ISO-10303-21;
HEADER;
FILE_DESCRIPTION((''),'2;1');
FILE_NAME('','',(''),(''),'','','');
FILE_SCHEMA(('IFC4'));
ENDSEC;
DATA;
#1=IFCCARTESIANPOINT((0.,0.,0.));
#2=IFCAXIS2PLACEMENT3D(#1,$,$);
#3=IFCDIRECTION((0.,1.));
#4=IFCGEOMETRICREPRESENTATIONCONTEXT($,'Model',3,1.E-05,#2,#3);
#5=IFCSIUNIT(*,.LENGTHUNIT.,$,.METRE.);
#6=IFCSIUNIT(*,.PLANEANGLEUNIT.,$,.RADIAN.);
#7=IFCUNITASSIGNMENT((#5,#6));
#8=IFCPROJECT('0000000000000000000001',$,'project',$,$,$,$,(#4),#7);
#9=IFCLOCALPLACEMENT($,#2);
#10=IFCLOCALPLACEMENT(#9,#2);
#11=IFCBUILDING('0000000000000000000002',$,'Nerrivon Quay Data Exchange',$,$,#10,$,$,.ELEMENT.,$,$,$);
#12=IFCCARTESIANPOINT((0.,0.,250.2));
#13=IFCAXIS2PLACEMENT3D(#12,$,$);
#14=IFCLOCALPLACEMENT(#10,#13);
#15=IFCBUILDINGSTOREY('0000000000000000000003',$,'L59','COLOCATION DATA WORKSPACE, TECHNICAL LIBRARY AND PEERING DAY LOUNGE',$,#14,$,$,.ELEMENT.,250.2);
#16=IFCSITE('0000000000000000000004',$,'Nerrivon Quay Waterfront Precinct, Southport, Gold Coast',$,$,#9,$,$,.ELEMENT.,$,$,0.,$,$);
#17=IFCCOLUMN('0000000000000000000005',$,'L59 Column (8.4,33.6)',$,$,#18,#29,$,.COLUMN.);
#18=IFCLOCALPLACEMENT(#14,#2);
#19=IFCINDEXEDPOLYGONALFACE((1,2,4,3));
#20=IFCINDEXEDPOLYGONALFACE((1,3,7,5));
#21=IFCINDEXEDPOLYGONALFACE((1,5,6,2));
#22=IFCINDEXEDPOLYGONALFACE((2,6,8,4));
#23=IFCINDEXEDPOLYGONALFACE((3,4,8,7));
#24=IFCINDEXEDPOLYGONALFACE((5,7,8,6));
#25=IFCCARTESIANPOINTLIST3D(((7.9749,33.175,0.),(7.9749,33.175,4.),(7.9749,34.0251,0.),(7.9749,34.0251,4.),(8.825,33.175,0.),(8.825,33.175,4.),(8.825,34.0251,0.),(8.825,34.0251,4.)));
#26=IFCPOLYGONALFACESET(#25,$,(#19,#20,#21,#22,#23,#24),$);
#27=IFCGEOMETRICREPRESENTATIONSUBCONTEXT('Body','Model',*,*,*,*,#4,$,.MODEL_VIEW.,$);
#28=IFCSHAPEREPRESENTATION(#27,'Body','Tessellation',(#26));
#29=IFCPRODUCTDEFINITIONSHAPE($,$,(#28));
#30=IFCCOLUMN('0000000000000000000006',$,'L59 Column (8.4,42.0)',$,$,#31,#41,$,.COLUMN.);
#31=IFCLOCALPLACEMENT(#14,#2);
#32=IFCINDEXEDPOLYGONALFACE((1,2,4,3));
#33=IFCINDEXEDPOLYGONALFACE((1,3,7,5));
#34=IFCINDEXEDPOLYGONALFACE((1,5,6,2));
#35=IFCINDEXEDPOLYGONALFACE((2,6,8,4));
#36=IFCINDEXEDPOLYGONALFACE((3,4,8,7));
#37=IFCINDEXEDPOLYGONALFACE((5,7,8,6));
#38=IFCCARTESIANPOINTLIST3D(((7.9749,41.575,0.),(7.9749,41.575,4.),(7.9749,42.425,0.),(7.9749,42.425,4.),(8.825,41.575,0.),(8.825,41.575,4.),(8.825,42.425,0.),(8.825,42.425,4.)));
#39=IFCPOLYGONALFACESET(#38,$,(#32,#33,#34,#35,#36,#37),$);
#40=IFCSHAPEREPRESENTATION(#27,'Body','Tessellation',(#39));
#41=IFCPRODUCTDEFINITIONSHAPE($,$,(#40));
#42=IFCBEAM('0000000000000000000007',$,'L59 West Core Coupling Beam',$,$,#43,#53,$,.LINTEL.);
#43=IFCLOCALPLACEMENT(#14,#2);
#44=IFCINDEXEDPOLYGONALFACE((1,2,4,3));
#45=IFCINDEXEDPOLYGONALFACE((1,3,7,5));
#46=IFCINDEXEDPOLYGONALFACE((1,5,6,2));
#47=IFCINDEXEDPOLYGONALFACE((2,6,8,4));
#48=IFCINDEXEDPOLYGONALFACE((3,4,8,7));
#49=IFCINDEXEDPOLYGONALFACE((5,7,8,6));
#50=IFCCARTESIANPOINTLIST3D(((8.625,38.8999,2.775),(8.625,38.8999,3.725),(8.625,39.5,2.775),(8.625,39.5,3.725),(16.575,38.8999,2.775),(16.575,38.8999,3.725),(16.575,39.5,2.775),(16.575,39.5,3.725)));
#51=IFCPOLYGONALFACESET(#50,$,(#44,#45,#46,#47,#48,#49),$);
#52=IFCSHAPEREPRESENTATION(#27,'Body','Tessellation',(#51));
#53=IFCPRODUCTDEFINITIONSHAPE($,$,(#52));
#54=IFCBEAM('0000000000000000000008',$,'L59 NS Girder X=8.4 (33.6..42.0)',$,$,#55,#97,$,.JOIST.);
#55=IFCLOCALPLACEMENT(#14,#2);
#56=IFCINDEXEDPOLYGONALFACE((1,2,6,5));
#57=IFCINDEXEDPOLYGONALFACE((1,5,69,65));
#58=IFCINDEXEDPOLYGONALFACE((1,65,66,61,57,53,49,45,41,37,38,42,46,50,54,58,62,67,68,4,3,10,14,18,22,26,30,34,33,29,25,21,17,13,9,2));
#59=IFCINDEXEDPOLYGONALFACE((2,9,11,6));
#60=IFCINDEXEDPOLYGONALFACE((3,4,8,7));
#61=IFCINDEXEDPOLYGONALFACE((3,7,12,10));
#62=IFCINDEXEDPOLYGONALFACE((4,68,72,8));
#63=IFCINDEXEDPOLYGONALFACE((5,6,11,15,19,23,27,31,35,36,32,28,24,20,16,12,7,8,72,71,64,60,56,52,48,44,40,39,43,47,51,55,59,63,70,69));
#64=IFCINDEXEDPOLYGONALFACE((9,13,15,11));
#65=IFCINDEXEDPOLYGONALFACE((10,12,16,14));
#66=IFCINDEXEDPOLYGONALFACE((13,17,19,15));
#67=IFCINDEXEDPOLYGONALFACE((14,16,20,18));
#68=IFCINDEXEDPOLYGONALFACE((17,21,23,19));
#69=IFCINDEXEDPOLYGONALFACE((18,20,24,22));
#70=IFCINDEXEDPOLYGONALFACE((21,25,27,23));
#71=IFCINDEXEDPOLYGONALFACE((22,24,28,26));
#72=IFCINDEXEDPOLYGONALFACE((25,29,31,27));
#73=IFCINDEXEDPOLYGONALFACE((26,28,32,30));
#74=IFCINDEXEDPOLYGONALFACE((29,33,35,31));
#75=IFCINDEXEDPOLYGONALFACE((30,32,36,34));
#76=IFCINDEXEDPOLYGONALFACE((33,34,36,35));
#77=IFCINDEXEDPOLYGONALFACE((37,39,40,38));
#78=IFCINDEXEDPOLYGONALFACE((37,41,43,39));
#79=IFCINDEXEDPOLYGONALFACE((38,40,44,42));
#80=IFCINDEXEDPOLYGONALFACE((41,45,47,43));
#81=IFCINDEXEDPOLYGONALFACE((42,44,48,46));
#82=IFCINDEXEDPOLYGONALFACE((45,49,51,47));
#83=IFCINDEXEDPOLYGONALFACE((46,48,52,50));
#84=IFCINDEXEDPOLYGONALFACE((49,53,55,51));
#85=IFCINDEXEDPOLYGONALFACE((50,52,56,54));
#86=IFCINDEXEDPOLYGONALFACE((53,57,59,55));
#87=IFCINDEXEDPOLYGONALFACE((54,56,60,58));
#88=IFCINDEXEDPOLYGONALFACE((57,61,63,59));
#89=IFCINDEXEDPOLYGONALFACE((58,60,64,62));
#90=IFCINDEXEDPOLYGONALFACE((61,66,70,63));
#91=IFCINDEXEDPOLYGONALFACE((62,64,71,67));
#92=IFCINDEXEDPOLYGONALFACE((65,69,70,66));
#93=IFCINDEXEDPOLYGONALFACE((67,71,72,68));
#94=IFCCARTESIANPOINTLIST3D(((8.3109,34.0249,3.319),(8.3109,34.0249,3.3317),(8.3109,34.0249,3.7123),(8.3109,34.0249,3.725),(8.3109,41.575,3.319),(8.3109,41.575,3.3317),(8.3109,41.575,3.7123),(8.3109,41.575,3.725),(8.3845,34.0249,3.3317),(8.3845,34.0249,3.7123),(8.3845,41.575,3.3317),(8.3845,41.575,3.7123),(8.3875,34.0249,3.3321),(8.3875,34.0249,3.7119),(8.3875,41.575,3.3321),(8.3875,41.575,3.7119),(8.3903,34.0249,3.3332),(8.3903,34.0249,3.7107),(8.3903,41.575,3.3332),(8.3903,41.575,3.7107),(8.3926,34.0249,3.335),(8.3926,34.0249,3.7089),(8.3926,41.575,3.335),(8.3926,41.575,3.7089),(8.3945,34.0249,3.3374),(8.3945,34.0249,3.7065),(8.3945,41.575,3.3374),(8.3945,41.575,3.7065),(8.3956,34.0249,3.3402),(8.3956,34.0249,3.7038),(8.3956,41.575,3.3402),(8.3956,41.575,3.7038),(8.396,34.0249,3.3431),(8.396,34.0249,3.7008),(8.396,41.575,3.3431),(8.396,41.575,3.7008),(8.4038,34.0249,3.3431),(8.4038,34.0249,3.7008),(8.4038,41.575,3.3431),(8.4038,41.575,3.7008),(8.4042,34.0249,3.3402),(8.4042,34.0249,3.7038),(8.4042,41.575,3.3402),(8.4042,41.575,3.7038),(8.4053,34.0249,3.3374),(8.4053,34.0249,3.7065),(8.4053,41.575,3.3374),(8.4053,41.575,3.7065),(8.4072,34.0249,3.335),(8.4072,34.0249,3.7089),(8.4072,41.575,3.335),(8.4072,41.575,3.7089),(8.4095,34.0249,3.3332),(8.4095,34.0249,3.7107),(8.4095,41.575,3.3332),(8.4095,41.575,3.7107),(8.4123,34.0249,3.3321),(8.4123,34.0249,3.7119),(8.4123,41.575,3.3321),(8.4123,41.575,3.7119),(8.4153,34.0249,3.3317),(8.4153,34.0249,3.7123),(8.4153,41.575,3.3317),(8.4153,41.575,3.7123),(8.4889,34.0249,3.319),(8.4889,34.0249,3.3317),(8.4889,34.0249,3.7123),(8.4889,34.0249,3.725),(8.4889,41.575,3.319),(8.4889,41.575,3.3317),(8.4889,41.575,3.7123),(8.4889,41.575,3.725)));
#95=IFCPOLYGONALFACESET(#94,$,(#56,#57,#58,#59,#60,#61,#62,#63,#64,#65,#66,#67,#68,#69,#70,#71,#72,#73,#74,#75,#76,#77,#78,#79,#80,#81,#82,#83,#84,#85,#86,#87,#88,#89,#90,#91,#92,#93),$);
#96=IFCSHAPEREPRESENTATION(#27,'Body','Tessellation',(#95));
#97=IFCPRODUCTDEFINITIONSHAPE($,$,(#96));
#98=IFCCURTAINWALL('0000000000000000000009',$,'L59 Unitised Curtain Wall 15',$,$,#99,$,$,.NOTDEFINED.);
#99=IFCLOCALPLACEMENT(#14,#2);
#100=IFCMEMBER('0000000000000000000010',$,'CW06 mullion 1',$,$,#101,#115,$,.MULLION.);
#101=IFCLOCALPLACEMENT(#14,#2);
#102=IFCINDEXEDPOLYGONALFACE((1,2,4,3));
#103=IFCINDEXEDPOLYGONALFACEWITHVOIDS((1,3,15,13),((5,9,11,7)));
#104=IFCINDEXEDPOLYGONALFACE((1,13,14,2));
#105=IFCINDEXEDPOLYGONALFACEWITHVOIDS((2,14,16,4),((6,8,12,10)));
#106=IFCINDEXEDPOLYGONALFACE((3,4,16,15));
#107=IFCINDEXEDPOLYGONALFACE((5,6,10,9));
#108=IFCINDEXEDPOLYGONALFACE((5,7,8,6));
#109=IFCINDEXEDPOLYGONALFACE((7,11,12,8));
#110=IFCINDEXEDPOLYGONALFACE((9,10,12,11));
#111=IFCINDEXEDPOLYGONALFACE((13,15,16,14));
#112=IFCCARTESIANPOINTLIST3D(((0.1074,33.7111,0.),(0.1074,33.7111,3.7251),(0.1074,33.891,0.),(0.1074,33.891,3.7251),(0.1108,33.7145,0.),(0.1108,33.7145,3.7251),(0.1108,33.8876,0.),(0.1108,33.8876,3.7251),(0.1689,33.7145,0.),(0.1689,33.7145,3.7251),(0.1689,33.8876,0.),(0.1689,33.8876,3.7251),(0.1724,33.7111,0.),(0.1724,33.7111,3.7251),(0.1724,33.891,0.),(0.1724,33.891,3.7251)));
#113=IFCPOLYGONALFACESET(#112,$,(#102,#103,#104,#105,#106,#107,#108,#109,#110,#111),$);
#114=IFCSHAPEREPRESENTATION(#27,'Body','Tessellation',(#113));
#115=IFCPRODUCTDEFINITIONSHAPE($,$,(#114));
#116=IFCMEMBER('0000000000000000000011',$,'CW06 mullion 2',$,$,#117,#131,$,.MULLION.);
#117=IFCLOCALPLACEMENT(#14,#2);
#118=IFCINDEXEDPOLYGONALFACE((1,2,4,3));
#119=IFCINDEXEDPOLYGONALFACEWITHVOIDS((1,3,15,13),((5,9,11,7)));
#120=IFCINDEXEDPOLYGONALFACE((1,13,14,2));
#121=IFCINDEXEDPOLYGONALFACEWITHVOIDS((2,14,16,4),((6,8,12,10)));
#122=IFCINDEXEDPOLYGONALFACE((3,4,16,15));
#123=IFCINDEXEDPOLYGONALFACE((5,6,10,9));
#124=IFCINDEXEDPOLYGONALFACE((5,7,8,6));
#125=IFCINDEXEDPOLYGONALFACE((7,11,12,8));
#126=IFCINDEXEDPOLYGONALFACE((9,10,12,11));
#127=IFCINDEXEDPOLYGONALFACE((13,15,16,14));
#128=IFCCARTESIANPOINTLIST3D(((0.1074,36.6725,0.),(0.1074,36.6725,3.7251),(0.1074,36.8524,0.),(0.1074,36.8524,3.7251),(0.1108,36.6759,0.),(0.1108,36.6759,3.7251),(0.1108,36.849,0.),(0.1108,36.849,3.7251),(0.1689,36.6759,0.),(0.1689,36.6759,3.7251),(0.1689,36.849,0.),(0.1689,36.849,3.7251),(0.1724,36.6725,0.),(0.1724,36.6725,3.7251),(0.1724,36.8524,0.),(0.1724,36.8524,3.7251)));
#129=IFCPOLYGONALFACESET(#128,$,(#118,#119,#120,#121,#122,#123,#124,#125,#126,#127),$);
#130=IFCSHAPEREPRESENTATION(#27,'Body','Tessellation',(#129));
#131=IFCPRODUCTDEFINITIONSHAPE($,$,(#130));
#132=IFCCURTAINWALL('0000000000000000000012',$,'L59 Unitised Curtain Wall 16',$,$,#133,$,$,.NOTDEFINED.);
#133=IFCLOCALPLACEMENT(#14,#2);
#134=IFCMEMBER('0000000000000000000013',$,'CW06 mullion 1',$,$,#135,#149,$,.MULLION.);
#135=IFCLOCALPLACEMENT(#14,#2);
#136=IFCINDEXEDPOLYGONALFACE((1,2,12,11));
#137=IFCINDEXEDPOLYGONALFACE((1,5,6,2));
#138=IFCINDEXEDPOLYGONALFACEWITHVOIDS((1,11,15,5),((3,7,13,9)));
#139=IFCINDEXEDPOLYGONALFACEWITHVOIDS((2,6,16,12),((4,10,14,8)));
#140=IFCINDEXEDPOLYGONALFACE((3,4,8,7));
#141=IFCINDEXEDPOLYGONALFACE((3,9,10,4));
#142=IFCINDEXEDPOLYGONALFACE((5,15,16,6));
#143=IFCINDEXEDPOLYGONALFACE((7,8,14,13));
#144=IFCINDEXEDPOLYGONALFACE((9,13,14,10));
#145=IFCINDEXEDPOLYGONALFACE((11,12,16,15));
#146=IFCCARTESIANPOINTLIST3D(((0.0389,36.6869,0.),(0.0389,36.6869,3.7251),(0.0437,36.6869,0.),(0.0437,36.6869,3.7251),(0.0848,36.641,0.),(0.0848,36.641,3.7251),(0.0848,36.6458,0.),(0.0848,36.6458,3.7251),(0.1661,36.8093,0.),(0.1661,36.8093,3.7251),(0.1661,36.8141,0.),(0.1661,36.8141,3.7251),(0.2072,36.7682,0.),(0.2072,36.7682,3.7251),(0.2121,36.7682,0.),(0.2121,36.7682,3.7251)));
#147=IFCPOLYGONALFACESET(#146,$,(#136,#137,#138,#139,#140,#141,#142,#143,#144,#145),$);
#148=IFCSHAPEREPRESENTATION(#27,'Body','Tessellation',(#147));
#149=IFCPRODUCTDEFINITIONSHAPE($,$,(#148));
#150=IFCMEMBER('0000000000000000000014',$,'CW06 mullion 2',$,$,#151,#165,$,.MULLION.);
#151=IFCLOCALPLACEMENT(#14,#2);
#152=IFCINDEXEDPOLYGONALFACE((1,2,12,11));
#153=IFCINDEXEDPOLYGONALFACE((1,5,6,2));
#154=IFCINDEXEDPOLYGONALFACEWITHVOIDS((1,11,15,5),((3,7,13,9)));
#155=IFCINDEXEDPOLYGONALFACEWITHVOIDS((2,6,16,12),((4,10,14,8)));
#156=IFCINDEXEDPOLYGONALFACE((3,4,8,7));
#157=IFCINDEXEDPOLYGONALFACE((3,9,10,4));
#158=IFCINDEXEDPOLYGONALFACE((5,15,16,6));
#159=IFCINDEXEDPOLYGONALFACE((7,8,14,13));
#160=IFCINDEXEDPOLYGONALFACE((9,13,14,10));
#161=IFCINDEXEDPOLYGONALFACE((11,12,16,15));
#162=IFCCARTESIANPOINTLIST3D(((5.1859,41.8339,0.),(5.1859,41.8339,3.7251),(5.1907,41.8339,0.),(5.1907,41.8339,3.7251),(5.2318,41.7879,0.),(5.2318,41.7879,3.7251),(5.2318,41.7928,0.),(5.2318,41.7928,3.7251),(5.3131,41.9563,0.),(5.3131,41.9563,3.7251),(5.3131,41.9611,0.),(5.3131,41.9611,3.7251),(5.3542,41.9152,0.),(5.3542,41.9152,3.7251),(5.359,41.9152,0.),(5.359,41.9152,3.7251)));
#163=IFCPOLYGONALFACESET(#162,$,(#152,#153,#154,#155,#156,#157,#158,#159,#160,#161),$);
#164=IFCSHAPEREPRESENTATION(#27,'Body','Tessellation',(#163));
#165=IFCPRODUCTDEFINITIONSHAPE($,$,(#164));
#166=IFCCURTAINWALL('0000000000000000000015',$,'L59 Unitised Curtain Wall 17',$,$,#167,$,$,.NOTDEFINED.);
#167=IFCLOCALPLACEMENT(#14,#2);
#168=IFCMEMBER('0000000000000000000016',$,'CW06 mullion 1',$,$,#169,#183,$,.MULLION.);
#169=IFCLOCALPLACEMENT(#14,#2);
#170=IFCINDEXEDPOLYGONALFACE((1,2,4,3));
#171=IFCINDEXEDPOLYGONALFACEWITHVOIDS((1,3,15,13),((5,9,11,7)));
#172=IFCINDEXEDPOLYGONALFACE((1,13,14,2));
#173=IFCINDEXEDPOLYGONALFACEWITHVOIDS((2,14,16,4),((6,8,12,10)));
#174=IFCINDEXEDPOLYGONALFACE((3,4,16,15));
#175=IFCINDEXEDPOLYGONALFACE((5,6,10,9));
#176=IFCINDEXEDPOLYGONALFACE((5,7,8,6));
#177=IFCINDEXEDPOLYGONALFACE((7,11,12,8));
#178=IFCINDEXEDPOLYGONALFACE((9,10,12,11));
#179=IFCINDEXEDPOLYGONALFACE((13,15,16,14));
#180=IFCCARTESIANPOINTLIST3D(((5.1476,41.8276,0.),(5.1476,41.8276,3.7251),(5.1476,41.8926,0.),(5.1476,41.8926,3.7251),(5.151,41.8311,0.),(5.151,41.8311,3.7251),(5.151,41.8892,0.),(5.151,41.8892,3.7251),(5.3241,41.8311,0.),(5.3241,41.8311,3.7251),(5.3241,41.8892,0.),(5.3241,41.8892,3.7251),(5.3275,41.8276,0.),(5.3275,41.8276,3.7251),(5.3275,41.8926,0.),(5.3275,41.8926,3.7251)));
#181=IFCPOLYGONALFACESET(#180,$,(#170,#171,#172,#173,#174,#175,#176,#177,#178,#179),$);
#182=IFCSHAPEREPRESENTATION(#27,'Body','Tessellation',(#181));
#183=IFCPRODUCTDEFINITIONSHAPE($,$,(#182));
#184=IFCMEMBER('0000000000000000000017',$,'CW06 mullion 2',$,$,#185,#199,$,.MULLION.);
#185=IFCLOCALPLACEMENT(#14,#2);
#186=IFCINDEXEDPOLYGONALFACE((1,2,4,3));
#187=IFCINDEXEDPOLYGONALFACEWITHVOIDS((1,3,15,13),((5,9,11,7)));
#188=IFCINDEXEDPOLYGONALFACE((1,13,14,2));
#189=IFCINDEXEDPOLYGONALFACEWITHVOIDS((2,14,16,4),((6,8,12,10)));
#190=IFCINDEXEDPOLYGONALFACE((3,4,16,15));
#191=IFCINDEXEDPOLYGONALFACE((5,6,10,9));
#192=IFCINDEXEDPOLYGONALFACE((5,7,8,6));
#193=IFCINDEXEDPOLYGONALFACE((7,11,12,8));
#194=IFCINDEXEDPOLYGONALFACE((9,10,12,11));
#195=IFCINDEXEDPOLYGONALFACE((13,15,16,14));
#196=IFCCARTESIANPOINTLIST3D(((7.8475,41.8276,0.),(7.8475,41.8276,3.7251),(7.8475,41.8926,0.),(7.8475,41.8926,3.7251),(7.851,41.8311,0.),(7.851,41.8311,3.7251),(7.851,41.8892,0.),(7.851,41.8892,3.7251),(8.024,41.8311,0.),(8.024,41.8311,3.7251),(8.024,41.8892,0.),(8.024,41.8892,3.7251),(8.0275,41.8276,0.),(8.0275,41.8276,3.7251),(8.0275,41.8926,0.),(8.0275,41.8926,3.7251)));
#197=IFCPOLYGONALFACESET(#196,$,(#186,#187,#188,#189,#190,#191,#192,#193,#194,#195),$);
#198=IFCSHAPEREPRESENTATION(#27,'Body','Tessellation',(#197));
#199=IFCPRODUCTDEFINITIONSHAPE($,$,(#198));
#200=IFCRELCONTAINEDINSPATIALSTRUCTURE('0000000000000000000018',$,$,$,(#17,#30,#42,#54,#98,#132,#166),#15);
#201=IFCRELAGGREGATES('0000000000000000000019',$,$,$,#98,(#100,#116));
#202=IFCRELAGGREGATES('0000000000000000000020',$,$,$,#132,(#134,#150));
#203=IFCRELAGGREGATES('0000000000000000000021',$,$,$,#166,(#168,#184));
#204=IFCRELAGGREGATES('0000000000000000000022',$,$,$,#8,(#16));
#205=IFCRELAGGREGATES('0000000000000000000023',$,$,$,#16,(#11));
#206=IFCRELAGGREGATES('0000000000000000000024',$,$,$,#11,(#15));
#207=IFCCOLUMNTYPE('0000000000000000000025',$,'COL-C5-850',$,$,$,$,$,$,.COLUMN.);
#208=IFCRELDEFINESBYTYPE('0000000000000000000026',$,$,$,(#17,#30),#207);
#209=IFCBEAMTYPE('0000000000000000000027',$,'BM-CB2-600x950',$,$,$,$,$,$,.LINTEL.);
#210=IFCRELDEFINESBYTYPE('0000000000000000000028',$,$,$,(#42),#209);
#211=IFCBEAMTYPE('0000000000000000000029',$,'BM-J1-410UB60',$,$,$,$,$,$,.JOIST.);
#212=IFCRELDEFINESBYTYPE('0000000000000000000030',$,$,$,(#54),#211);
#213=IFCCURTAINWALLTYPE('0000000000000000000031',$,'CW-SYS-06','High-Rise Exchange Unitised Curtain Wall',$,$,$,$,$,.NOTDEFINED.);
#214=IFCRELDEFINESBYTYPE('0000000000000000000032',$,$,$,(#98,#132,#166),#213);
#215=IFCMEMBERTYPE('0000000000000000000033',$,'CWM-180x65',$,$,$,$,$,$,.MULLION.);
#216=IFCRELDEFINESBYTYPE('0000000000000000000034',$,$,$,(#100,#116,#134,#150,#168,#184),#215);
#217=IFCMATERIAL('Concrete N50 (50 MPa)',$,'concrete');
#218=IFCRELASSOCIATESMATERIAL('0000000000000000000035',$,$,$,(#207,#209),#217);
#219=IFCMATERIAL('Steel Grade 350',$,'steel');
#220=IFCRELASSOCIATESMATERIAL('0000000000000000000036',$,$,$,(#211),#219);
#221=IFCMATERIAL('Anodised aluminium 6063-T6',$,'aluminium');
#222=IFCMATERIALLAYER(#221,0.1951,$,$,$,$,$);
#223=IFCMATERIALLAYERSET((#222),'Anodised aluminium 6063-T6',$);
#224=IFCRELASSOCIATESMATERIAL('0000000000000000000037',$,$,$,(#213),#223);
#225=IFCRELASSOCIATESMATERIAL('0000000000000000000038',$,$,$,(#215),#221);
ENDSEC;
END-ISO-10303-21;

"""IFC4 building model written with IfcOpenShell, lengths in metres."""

from ifc_helpers import new_model, si_unit, direction, frame, origin, origin_2d, place, context, subcontext, project, spatial, rectangle, hollow_rectangle, i_section, extrude, material, layer, layer_set, material_profile, profile_set, type_object, element, aggregate, save


model = new_model("IFC4")

# Units and contexts
model_context = context("Model", 3, precision=1e-05, world=origin(), true_north=direction((0.0, 1.0)))
body_context = subcontext(model_context, "Body", "Model", "MODEL_VIEW")
ifc_project = project(units=[si_unit("LENGTHUNIT", "METRE"), si_unit("PLANEANGLEUNIT", "RADIAN")], contexts=[model_context])

# Site, building, storey
site_placement = place(None, origin())
site = spatial("IfcSite", under=ifc_project, at=site_placement, Name="Nerrivon Quay Waterfront Precinct, Southport, Gold Coast", CompositionType="ELEMENT", RefElevation=0.0)
building_placement = place(site_placement, origin())
building = spatial("IfcBuilding", under=site, at=building_placement, Name="Nerrivon Quay Data Exchange", CompositionType="ELEMENT")
storey_placement = place(building_placement, frame((0.0, 0.0, 250.2)))
storey = spatial("IfcBuildingStorey", under=building, at=storey_placement, Name="L59", Description="COLOCATION DATA WORKSPACE, TECHNICAL LIBRARY AND PEERING DAY LOUNGE", CompositionType="ELEMENT", Elevation=250.2)

# Columns
ifc_material_1 = material(Name="Concrete N50 (50 MPa)", Category="concrete")
ifc_material_profile_1 = material_profile(ifc_material_1, rectangle(XDim=0.8501, YDim=0.8501, at=origin_2d()), Name="RC-COL-850x850")
ifc_profile_set_1 = profile_set([ifc_material_profile_1], Name="Concrete N50 (50 MPa)")
column_type = type_object("IfcColumnType", Name="COL-C5-850", PredefinedType="COLUMN", material=ifc_profile_set_1)
for number, where, z_axis, x_axis, name in (
    (1, (8.3999, 33.6001, 0.0), (0.0, 0.0, 1.0), (1.0, 0.0, 0.0), "L59 Column (8.4,33.6)"),
    (2, (8.3999, 42.0, 0.0), (0.0, 0.0, 1.0), (1.0, 0.0, 0.0), "L59 Column (8.4,42.0)"),
):
    element("IfcColumn", number, at=place(storey_placement, frame(where, z_axis=z_axis, x_axis=x_axis)), inside=storey, type_object=column_type, Name=name, PredefinedType="COLUMN", context=body_context, shape_type="SweptSolid", body=[
        extrude(rectangle(XDim=0.8501, YDim=0.8501, at=origin_2d()), origin(), (0.0, 0.0, 1.0), 4.0),
    ])

# Beams
ifc_material_profile_2 = material_profile(ifc_material_1, rectangle(XDim=0.6001, YDim=0.95, at=origin_2d()), Name="RC-CB-600x950")
ifc_profile_set_2 = profile_set([ifc_material_profile_2], Name="Concrete N50 (50 MPa)")
beam_type_1 = type_object("IfcBeamType", Name="BM-CB2-600x950", PredefinedType="LINTEL", material=ifc_profile_set_2)
beam_1_placement = place(storey_placement, frame((8.625, 39.2, 3.25), z_axis=(1.0, 0.0, 0.0), x_axis=(0.0, 1.0, 0.0)))
element("IfcBeam", 3, at=beam_1_placement, inside=storey, type_object=beam_type_1, Name="L59 West Core Coupling Beam", PredefinedType="LINTEL", context=body_context, shape_type="SweptSolid", body=[
    extrude(rectangle(XDim=0.6001, YDim=0.95, at=origin_2d()), origin(), (0.0, 0.0, 1.0), 7.95),
])
ifc_material_2 = material(Name="Steel Grade 350", Category="steel")
ifc_material_profile_3 = material_profile(ifc_material_2, i_section(OverallWidth=0.178, OverallDepth=0.406, WebThickness=0.0078, FlangeThickness=0.0127, FilletRadius=0.0115, at=origin_2d()), Name="410UB59.7")
ifc_profile_set_3 = profile_set([ifc_material_profile_3], Name="Steel Grade 350")
beam_type_2 = type_object("IfcBeamType", Name="BM-J1-410UB60", PredefinedType="JOIST", material=ifc_profile_set_3)
beam_2_placement = place(storey_placement, frame((8.3999, 34.0249, 3.522), z_axis=(0.0, 1.0, 0.0), x_axis=(-1.0, 0.0, 0.0)))
element("IfcBeam", 4, at=beam_2_placement, inside=storey, type_object=beam_type_2, Name="L59 NS Girder X=8.4 (33.6..42.0)", PredefinedType="JOIST", context=body_context, shape_type="SweptSolid", body=[
    extrude(i_section(OverallWidth=0.178, OverallDepth=0.406, WebThickness=0.0078, FlangeThickness=0.0127, FilletRadius=0.0115, at=origin_2d()), origin(), (0.0, 0.0, 1.0), 7.55),
])

# Curtain walls, members
ifc_material_3 = material(Name="Anodised aluminium 6063-T6", Category="aluminium")
ifc_layer_1 = layer(ifc_material_3, 0.1951)
ifc_layer_set_1 = layer_set([ifc_layer_1], Name="Anodised aluminium 6063-T6")
curtain_wall_type = type_object("IfcCurtainWallType", Name="CW-SYS-06", Description="High-Rise Exchange Unitised Curtain Wall", PredefinedType="NOTDEFINED", material=ifc_layer_set_1)
curtain_wall_1_placement = place(storey_placement, origin())
curtain_wall_1 = element("IfcCurtainWall", 5, at=curtain_wall_1_placement, inside=storey, type_object=curtain_wall_type, Name="L59 Unitised Curtain Wall 15", PredefinedType="NOTDEFINED")
ifc_material_profile_4 = material_profile(ifc_material_3, hollow_rectangle(XDim=0.0649, YDim=0.1799, WallThickness=0.0034, at=origin_2d()), Name="ALU-MULL-180x65")
ifc_profile_set_4 = profile_set([ifc_material_profile_4], Name="Anodised aluminium 6063-T6")
member_type_1 = type_object("IfcMemberType", Name="CWM-180x65", PredefinedType="MULLION", material=ifc_profile_set_4)
member_1_placement = place(storey_placement, frame((0.1399, 33.801, 0.0), z_axis=(0.0, 0.0, 1.0), x_axis=(-1.0, 0.0, 0.0)))
member_1 = element("IfcMember", 6, at=member_1_placement, type_object=member_type_1, Name="CW06 mullion 1", PredefinedType="MULLION", context=body_context, shape_type="SweptSolid", body=[
    extrude(hollow_rectangle(XDim=0.0649, YDim=0.1799, WallThickness=0.0034, at=origin_2d()), origin(), (0.0, 0.0, 1.0), 3.7251),
])
member_2_placement = place(storey_placement, frame((0.1399, 36.7625, 0.0), z_axis=(0.0, 0.0, 1.0), x_axis=(-1.0, 0.0, 0.0)))
member_2 = element("IfcMember", 7, at=member_2_placement, type_object=member_type_1, Name="CW06 mullion 2", PredefinedType="MULLION", context=body_context, shape_type="SweptSolid", body=[
    extrude(hollow_rectangle(XDim=0.0649, YDim=0.1799, WallThickness=0.0034, at=origin_2d()), origin(), (0.0, 0.0, 1.0), 3.7251),
])
curtain_wall_2_placement = place(storey_placement, origin())
curtain_wall_2 = element("IfcCurtainWall", 8, at=curtain_wall_2_placement, inside=storey, type_object=curtain_wall_type, Name="L59 Unitised Curtain Wall 16", PredefinedType="NOTDEFINED")
member_3_placement = place(storey_placement, frame((0.1255, 36.7275, 0.0), z_axis=(0.0, 0.0, 1.0), x_axis=(-0.707107, 0.707107, 0.0)))
member_3 = element("IfcMember", 9, at=member_3_placement, type_object=member_type_1, Name="CW06 mullion 1", PredefinedType="MULLION", context=body_context, shape_type="SweptSolid", body=[
    extrude(hollow_rectangle(XDim=0.0649, YDim=0.1799, WallThickness=0.0034, at=origin_2d()), origin(), (0.0, 0.0, 1.0), 3.7251),
])
member_4_placement = place(storey_placement, frame((5.2725, 41.8745, 0.0), z_axis=(0.0, 0.0, 1.0), x_axis=(-0.707107, 0.707107, 0.0)))
member_4 = element("IfcMember", 10, at=member_4_placement, type_object=member_type_1, Name="CW06 mullion 2", PredefinedType="MULLION", context=body_context, shape_type="SweptSolid", body=[
    extrude(hollow_rectangle(XDim=0.0649, YDim=0.1799, WallThickness=0.0034, at=origin_2d()), origin(), (0.0, 0.0, 1.0), 3.7251),
])
curtain_wall_3_placement = place(storey_placement, origin())
curtain_wall_3 = element("IfcCurtainWall", 11, at=curtain_wall_3_placement, inside=storey, type_object=curtain_wall_type, Name="L59 Unitised Curtain Wall 17", PredefinedType="NOTDEFINED")
member_5_placement = place(storey_placement, frame((5.2375, 41.8601, 0.0), z_axis=(0.0, 0.0, 1.0), x_axis=(0.0, 1.0, 0.0)))
member_5 = element("IfcMember", 12, at=member_5_placement, type_object=member_type_1, Name="CW06 mullion 1", PredefinedType="MULLION", context=body_context, shape_type="SweptSolid", body=[
    extrude(hollow_rectangle(XDim=0.0649, YDim=0.1799, WallThickness=0.0034, at=origin_2d()), origin(), (0.0, 0.0, 1.0), 3.7251),
])
member_6_placement = place(storey_placement, frame((7.9375, 41.8601, 0.0), z_axis=(0.0, 0.0, 1.0), x_axis=(0.0, 1.0, 0.0)))
member_6 = element("IfcMember", 13, at=member_6_placement, type_object=member_type_1, Name="CW06 mullion 2", PredefinedType="MULLION", context=body_context, shape_type="SweptSolid", body=[
    extrude(hollow_rectangle(XDim=0.0649, YDim=0.1799, WallThickness=0.0034, at=origin_2d()), origin(), (0.0, 0.0, 1.0), 3.7251),
])

aggregate(curtain_wall_1, [member_1, member_2])
aggregate(curtain_wall_2, [member_3, member_4])
aggregate(curtain_wall_3, [member_5, member_6])

save(model, "model.ifc")
